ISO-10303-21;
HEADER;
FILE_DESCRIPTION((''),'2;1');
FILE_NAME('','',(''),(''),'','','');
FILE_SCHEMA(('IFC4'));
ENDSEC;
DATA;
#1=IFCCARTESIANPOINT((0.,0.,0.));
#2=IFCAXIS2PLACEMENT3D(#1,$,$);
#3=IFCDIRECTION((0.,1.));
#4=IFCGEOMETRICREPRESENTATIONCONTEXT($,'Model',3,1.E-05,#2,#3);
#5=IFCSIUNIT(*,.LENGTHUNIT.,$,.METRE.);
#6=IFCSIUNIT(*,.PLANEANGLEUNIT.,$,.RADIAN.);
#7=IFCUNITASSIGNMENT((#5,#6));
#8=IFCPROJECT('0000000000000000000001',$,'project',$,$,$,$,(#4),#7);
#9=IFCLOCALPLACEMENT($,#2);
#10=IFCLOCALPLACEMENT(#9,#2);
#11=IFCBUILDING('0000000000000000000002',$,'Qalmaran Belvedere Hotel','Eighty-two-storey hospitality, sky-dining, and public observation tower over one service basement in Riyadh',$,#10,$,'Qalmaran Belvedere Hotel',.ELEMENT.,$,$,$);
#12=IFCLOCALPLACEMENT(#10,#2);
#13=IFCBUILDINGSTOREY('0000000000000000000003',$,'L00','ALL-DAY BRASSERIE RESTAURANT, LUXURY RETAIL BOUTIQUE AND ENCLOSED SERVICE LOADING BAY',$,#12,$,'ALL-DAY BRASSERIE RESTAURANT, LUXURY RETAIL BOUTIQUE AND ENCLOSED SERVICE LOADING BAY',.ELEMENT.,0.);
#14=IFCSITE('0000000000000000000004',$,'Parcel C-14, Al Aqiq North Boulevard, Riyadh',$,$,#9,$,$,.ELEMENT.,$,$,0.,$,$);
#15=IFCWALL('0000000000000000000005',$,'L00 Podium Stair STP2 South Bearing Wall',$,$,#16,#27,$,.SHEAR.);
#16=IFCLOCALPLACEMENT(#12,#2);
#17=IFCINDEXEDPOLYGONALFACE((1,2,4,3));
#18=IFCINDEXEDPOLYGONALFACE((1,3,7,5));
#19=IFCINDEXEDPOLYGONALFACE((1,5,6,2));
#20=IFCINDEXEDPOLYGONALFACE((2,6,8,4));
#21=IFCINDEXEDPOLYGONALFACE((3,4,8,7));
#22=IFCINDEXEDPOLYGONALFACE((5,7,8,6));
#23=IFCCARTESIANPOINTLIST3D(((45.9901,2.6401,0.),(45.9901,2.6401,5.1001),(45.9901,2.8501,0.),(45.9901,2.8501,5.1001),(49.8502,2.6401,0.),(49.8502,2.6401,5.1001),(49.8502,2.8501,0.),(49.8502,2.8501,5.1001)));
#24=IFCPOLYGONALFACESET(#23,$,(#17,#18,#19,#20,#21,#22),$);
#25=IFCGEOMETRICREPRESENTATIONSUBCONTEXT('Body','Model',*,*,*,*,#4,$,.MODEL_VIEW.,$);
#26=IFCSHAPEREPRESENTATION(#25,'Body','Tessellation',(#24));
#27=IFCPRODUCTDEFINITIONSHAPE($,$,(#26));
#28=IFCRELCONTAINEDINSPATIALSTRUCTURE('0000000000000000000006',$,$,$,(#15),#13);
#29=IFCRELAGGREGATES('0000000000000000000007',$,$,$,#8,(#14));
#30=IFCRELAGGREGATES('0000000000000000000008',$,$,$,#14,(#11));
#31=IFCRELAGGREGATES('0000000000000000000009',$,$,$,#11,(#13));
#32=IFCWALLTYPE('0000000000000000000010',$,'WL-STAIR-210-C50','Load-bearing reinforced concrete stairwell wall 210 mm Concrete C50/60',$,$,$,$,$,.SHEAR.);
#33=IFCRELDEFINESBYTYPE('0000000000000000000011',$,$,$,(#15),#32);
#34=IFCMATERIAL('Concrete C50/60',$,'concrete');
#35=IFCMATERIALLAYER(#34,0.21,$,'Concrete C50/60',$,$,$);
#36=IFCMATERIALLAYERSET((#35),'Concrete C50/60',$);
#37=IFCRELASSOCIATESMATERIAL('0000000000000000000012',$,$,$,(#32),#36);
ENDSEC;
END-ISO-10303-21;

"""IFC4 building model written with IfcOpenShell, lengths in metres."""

from ifc_helpers import new_model, si_unit, direction, frame, frame_2d, origin, place, context, subcontext, project, spatial, rectangle, extrude, material, layer, layer_set, type_object, element, save


model = new_model("IFC4")

# Units and contexts
model_context = context("Model", 3, precision=1e-05, world=origin(), true_north=direction((0.0, 1.0)))
body_context = subcontext(model_context, "Body", "Model", "MODEL_VIEW")
ifc_project = project(units=[si_unit("LENGTHUNIT", "METRE"), si_unit("PLANEANGLEUNIT", "RADIAN")], contexts=[model_context])

# Site, building, storey
site_placement = place(None, origin())
site = spatial("IfcSite", under=ifc_project, at=site_placement, Name="Parcel C-14, Al Aqiq North Boulevard, Riyadh", CompositionType="ELEMENT", RefElevation=0.0)
building_placement = place(site_placement, origin())
building = spatial("IfcBuilding", under=site, at=building_placement, Name="Qalmaran Belvedere Hotel", Description="Eighty-two-storey hospitality, sky-dining, and public observation tower over one service basement in Riyadh", LongName="Qalmaran Belvedere Hotel", CompositionType="ELEMENT")
storey_placement = place(building_placement, origin())
storey = spatial("IfcBuildingStorey", under=building, at=storey_placement, Name="L00", Description="ALL-DAY BRASSERIE RESTAURANT, LUXURY RETAIL BOUTIQUE AND ENCLOSED SERVICE LOADING BAY", LongName="ALL-DAY BRASSERIE RESTAURANT, LUXURY RETAIL BOUTIQUE AND ENCLOSED SERVICE LOADING BAY", CompositionType="ELEMENT", Elevation=0.0)

# Wall
ifc_material_1 = material(Name="Concrete C50/60", Category="concrete")
ifc_layer_1 = layer(ifc_material_1, 0.21, Name="Concrete C50/60")
ifc_layer_set_1 = layer_set([ifc_layer_1], Name="Concrete C50/60")
wall_type_1 = type_object("IfcWallType", Name="WL-STAIR-210-C50", Description="Load-bearing reinforced concrete stairwell wall 210 mm Concrete C50/60", PredefinedType="SHEAR", material=ifc_layer_set_1)
wall_1_placement = place(storey_placement, frame((45.99, 2.7451, 0.0), z_axis=(0.0, 0.0, 1.0), x_axis=(1.0, 0.0, 0.0)))
element("IfcWall", 1, at=wall_1_placement, inside=storey, type_object=wall_type_1, Name="L00 Podium Stair STP2 South Bearing Wall", PredefinedType="SHEAR", context=body_context, shape_type="SweptSolid", body=[
    extrude(rectangle(XDim=3.8601, YDim=0.21, at=frame_2d((1.9302, 0.0))), origin(), (0.0, 0.0, 1.0), 5.1001),
])

save(model, "model.ifc")
